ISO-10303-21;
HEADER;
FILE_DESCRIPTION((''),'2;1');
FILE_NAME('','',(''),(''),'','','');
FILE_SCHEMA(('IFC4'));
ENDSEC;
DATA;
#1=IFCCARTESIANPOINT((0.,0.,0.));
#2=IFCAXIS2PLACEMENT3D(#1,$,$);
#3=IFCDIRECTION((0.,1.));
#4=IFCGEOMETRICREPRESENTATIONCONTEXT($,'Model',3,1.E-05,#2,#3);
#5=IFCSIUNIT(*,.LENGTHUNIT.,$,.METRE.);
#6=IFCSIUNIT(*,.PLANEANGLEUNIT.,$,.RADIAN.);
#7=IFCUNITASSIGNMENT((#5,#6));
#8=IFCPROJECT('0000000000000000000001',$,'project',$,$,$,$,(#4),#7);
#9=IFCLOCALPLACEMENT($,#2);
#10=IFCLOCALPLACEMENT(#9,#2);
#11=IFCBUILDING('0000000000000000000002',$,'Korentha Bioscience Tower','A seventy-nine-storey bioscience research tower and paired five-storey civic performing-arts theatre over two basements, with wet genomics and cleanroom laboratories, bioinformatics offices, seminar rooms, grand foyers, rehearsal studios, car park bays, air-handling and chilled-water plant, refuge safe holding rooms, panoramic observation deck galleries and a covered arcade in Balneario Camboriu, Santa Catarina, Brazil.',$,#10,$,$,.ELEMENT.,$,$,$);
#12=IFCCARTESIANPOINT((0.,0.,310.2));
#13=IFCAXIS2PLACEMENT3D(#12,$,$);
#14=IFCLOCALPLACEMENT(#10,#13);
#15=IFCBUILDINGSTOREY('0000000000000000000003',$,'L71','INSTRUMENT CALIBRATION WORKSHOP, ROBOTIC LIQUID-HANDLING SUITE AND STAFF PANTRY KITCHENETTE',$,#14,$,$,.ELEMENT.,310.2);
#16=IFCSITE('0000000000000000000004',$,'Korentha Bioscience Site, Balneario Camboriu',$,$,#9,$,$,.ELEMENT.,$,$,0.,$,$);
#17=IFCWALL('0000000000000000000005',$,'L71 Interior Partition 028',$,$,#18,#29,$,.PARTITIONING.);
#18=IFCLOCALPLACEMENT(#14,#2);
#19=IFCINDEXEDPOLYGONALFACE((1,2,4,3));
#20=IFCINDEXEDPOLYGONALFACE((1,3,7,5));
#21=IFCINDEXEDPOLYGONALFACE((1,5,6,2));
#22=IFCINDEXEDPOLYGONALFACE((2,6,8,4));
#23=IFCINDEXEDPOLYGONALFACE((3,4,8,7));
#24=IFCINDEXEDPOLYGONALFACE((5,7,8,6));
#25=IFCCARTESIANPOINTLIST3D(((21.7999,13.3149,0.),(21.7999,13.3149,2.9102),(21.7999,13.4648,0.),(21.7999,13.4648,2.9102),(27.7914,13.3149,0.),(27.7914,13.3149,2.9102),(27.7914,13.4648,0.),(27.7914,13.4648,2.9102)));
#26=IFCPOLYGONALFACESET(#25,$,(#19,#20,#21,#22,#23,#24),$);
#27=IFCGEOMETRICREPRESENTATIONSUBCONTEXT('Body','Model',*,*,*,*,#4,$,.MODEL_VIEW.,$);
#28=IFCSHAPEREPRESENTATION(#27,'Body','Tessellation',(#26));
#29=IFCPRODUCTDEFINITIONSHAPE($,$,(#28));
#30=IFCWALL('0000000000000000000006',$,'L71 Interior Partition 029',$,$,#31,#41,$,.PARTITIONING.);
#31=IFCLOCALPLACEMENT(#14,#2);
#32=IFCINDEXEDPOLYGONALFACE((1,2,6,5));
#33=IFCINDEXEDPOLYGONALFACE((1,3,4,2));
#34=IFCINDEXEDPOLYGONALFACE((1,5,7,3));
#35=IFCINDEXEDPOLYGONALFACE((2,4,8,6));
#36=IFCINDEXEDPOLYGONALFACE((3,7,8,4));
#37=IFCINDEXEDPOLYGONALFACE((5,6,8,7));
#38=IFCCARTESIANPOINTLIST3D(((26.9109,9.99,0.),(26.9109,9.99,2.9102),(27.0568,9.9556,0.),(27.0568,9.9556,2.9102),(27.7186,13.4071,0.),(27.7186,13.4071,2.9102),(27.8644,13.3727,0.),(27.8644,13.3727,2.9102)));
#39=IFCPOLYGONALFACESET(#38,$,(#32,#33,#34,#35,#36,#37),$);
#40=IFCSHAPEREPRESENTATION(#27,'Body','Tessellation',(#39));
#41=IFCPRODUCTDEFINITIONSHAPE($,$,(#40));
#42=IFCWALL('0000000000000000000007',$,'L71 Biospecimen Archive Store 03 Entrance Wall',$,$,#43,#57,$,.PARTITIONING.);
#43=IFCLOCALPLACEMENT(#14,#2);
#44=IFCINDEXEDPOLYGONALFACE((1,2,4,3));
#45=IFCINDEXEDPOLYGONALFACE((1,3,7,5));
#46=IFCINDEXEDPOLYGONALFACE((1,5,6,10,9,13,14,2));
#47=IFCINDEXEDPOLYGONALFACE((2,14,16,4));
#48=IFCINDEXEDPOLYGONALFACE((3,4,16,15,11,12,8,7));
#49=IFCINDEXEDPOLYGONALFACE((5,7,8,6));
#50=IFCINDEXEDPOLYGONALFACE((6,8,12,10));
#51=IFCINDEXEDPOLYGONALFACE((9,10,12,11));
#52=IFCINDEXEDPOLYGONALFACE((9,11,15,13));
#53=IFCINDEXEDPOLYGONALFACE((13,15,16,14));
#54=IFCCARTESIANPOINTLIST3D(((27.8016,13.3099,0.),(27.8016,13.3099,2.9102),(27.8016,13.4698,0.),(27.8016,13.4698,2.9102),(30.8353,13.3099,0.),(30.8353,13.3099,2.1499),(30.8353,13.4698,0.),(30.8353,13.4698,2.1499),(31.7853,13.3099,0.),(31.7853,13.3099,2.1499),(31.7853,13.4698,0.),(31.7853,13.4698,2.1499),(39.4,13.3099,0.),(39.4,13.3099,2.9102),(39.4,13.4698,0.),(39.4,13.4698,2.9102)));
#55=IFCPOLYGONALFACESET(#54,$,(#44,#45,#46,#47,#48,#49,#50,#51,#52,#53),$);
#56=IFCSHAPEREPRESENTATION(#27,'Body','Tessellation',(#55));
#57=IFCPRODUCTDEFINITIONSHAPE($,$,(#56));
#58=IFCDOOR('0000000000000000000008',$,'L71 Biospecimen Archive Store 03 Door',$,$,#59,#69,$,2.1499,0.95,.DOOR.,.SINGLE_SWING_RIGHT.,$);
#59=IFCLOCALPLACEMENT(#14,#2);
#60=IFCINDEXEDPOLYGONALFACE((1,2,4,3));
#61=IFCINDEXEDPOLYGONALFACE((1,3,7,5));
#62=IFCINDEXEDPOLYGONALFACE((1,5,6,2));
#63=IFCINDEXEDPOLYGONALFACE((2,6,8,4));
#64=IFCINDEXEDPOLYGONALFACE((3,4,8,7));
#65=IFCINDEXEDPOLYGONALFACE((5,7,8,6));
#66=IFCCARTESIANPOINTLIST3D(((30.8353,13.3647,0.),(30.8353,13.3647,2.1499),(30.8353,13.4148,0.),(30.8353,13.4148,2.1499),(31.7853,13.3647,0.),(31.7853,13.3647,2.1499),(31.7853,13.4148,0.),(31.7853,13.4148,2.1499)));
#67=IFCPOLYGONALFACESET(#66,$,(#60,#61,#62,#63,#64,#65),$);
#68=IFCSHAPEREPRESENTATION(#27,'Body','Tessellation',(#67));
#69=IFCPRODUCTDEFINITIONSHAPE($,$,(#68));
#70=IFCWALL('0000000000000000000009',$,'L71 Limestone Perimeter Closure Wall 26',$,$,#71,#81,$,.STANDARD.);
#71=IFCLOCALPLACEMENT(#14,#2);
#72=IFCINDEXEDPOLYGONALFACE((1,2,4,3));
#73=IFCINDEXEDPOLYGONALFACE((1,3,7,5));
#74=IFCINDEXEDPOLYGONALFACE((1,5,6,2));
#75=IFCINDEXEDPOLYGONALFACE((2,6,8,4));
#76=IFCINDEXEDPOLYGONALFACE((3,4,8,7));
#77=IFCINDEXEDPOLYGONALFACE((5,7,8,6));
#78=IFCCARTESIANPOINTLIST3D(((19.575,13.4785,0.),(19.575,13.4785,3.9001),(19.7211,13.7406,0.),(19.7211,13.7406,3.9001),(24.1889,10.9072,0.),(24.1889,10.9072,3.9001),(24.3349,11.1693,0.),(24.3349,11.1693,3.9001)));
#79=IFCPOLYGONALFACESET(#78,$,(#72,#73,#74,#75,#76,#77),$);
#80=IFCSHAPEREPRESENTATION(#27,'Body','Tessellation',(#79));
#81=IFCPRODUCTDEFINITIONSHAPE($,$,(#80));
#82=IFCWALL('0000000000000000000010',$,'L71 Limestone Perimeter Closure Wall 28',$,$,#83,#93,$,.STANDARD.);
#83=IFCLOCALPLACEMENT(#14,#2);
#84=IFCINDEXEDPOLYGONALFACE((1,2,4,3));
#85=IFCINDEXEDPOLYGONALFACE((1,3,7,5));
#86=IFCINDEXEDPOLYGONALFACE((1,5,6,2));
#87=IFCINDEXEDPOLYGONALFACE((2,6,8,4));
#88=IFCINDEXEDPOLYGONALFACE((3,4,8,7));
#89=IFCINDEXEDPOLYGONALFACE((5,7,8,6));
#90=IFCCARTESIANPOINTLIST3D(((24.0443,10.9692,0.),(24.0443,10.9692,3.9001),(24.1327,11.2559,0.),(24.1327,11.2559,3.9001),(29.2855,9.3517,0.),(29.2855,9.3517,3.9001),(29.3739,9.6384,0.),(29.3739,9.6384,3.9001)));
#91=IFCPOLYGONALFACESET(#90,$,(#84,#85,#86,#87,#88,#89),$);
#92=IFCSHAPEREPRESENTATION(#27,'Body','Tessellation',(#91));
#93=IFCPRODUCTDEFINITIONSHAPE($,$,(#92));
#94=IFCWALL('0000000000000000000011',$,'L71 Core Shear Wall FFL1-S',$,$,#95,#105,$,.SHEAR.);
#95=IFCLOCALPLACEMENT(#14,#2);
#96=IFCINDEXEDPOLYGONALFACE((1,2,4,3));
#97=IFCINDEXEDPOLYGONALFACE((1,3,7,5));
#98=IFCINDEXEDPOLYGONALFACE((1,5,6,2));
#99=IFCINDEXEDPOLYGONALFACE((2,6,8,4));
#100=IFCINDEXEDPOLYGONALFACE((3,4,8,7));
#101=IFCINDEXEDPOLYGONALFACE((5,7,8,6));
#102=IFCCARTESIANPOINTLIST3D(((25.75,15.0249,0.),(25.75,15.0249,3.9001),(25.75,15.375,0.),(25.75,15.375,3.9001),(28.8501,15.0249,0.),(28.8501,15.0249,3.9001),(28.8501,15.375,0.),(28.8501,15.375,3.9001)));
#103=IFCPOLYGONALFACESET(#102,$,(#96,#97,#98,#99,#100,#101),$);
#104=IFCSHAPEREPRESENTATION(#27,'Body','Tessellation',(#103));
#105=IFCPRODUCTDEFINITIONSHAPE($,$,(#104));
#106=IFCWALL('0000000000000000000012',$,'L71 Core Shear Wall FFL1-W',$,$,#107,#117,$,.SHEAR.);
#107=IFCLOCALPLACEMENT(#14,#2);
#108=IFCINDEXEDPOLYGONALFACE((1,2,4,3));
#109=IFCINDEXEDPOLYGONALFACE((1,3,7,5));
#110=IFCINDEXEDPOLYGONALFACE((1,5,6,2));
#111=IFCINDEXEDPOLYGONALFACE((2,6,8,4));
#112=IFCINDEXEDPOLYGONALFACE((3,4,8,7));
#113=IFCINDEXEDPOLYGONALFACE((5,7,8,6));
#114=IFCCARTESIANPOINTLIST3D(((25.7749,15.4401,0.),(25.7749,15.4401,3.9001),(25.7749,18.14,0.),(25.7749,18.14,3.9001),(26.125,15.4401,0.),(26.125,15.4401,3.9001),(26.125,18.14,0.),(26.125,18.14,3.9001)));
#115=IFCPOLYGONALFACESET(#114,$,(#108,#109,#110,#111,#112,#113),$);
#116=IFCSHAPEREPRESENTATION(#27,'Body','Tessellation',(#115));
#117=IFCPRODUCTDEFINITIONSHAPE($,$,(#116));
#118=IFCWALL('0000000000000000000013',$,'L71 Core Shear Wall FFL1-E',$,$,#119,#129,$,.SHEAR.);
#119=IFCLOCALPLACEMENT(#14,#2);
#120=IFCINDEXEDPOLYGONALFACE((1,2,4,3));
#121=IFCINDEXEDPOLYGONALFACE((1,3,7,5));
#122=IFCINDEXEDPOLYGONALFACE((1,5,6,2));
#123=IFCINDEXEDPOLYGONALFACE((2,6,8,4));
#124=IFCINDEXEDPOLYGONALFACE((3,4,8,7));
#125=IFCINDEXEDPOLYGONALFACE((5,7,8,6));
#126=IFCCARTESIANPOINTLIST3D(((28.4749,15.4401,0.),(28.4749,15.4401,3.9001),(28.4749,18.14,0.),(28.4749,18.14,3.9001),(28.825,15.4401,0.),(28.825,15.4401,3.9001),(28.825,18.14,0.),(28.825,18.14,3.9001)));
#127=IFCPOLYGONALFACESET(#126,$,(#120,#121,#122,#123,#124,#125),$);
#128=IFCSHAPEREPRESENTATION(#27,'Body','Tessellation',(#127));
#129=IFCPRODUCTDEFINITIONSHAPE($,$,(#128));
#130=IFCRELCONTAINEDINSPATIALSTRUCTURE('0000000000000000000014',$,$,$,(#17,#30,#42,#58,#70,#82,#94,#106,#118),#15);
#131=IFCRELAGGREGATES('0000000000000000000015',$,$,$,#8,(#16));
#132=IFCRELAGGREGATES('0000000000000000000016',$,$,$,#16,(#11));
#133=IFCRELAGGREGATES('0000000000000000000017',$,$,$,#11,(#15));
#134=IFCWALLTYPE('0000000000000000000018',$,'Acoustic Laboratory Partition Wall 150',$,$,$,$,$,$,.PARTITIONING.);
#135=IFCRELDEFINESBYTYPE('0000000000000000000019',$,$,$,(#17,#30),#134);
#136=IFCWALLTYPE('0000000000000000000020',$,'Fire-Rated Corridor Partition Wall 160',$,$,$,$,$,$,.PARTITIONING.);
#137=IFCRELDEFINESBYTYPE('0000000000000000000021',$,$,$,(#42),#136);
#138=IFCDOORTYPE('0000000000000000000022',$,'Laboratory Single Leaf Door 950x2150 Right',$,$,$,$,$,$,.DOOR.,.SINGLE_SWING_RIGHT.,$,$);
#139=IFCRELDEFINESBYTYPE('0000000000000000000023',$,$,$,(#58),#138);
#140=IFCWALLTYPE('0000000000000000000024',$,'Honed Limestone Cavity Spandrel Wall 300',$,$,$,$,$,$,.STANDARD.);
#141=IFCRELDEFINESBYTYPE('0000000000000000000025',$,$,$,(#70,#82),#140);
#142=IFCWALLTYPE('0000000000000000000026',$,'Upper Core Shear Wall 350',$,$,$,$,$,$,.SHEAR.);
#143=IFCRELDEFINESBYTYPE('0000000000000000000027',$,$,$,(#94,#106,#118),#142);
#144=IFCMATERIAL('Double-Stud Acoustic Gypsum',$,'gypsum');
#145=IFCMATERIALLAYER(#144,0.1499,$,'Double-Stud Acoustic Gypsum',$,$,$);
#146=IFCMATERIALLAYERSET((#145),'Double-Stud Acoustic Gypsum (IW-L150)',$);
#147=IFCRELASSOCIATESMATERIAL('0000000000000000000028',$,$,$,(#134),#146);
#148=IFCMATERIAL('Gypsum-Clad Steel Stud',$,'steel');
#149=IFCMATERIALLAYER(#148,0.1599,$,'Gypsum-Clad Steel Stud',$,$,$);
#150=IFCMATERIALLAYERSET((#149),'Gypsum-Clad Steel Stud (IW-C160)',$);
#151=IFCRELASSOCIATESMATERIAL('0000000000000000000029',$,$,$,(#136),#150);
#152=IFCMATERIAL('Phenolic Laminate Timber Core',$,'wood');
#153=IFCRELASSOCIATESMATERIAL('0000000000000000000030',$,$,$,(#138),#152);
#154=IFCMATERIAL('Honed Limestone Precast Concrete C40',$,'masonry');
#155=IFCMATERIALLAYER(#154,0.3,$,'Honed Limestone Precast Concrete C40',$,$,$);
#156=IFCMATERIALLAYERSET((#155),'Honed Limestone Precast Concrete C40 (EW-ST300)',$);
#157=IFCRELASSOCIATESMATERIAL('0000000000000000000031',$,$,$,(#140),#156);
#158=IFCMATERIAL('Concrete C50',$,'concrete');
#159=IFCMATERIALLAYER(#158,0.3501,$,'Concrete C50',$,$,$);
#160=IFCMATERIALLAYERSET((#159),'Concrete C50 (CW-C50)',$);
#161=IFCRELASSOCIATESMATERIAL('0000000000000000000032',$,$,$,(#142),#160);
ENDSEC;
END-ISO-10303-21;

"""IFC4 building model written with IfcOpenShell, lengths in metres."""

from ifc_helpers import new_model, si_unit, direction, frame, frame_2d, origin, place, context, subcontext, project, spatial, rectangle, extrude, material, layer, layer_set, type_object, element, fill, save


model = new_model("IFC4")

# Units and contexts
model_context = context("Model", 3, precision=1e-05, world=origin(), true_north=direction((0.0, 1.0)))
body_context = subcontext(model_context, "Body", "Model", "MODEL_VIEW")
ifc_project = project(units=[si_unit("LENGTHUNIT", "METRE"), si_unit("PLANEANGLEUNIT", "RADIAN")], contexts=[model_context])

# Site, building, storey
site_placement = place(None, origin())
site = spatial("IfcSite", under=ifc_project, at=site_placement, Name="Korentha Bioscience Site, Balneario Camboriu", CompositionType="ELEMENT", RefElevation=0.0)
building_placement = place(site_placement, origin())
building = spatial("IfcBuilding", under=site, at=building_placement, Name="Korentha Bioscience Tower", Description="A seventy-nine-storey bioscience research tower and paired five-storey civic performing-arts theatre over two basements, with wet genomics and cleanroom laboratories, bioinformatics offices, seminar rooms, grand foyers, rehearsal studios, car park bays, air-handling and chilled-water plant, refuge safe holding rooms, panoramic observation deck galleries and a covered arcade in Balneario Camboriu, Santa Catarina, Brazil.", CompositionType="ELEMENT")
storey_placement = place(building_placement, frame((0.0, 0.0, 310.2)))
storey = spatial("IfcBuildingStorey", under=building, at=storey_placement, Name="L71", Description="INSTRUMENT CALIBRATION WORKSHOP, ROBOTIC LIQUID-HANDLING SUITE AND STAFF PANTRY KITCHENETTE", CompositionType="ELEMENT", Elevation=310.2)

# Shared definitions
ifc_material_1 = material(Name="Concrete C50", Category="concrete")

# Walls
ifc_material_2 = material(Name="Double-Stud Acoustic Gypsum", Category="gypsum")
ifc_layer_1 = layer(ifc_material_2, 0.1499, Name="Double-Stud Acoustic Gypsum")
ifc_layer_set_1 = layer_set([ifc_layer_1], Name="Double-Stud Acoustic Gypsum (IW-L150)")
wall_type_1 = type_object("IfcWallType", Name="Acoustic Laboratory Partition Wall 150", PredefinedType="PARTITIONING", material=ifc_layer_set_1)
wall_1_placement = place(storey_placement, frame((21.8, 13.3899, 0.0), z_axis=(0.0, 0.0, 1.0), x_axis=(1.0, 0.0, 0.0)))
element("IfcWall", 1, at=wall_1_placement, inside=storey, type_object=wall_type_1, Name="L71 Interior Partition 028", PredefinedType="PARTITIONING", context=body_context, shape_type="SweptSolid", body=[
    extrude(rectangle(XDim=5.9915, YDim=0.1499, at=frame_2d((2.9956, 0.0))), origin(), (0.0, 0.0, 1.0), 2.9102),
])
wall_2_placement = place(storey_placement, frame((27.7915, 13.3899, 0.0), z_axis=(0.0, 0.0, 1.0), x_axis=(-0.230016, -0.973187, 0.0)))
element("IfcWall", 2, at=wall_2_placement, inside=storey, type_object=wall_type_1, Name="L71 Interior Partition 029", PredefinedType="PARTITIONING", context=body_context, shape_type="SweptSolid", body=[
    extrude(rectangle(XDim=3.5112, YDim=0.1499, at=frame_2d((1.7556, 0.0))), origin(), (0.0, 0.0, 1.0), 2.9102),
])

# Wall, opening, door
ifc_material_3 = material(Name="Gypsum-Clad Steel Stud", Category="steel")
ifc_layer_2 = layer(ifc_material_3, 0.1599, Name="Gypsum-Clad Steel Stud")
ifc_layer_set_2 = layer_set([ifc_layer_2], Name="Gypsum-Clad Steel Stud (IW-C160)")
wall_type_2 = type_object("IfcWallType", Name="Fire-Rated Corridor Partition Wall 160", PredefinedType="PARTITIONING", material=ifc_layer_set_2)
wall_3_placement = place(storey_placement, frame((27.8015, 13.3899, 0.0), z_axis=(0.0, 0.0, 1.0), x_axis=(1.0, 0.0, 0.0)))
wall_3 = element("IfcWall", 3, at=wall_3_placement, inside=storey, type_object=wall_type_2, Name="L71 Biospecimen Archive Store 03 Entrance Wall", PredefinedType="PARTITIONING", context=body_context, shape_type="SweptSolid", body=[
    extrude(rectangle(XDim=11.5984, YDim=0.1599, at=frame_2d((5.7993, 0.0))), origin(), (0.0, 0.0, 1.0), 2.9102),
])
opening_placement = place(wall_3_placement, frame((3.0337, 0.0, 0.0)))
opening = element("IfcOpeningElement", 4, at=opening_placement, cuts=wall_3, PredefinedType="OPENING", context=body_context, shape_type="SweptSolid", body=[
    extrude(rectangle(XDim=0.95, YDim=2.1499, at=frame_2d((0.4751, 1.075))), frame((0.0, 0.0947, 0.0), z_axis=(0.0, -1.0, 0.0), x_axis=(1.0, 0.0, 0.0)), (0.0, 0.0, 1.0), 0.1897),
])
ifc_material_4 = material(Name="Phenolic Laminate Timber Core", Category="wood")
door_type = type_object("IfcDoorType", Name="Laboratory Single Leaf Door 950x2150 Right", OperationType="SINGLE_SWING_RIGHT", PredefinedType="DOOR", material=ifc_material_4)
door_placement = place(opening_placement, origin())
door = element("IfcDoor", 5, at=door_placement, inside=storey, type_object=door_type, Name="L71 Biospecimen Archive Store 03 Door", OperationType="SINGLE_SWING_RIGHT", OverallHeight=2.1499, OverallWidth=0.95, PredefinedType="DOOR", context=body_context, shape_type="SweptSolid", body=[
    extrude(rectangle(XDim=0.95, YDim=2.1499, at=frame_2d((0.4751, 1.075))), frame((0.0, 0.0249, 0.0), z_axis=(0.0, -1.0, 0.0), x_axis=(1.0, 0.0, 0.0)), (0.0, 0.0, 1.0), 0.05),
])
fill(opening, door)

# Walls
ifc_material_5 = material(Name="Honed Limestone Precast Concrete C40", Category="masonry")
ifc_layer_3 = layer(ifc_material_5, 0.3, Name="Honed Limestone Precast Concrete C40")
ifc_layer_set_3 = layer_set([ifc_layer_3], Name="Honed Limestone Precast Concrete C40 (EW-ST300)")
wall_type_3 = type_object("IfcWallType", Name="Honed Limestone Cavity Spandrel Wall 300", PredefinedType="STANDARD", material=ifc_layer_set_3)
wall_4_placement = place(storey_placement, frame((19.6479, 13.6096, 0.0), z_axis=(0.0, 0.0, 1.0), x_axis=(0.873507, -0.486812, 0.0)))
element("IfcWall", 6, at=wall_4_placement, inside=storey, type_object=wall_type_3, Name="L71 Limestone Perimeter Closure Wall 26", PredefinedType="STANDARD", context=body_context, shape_type="SweptSolid", body=[
    extrude(rectangle(XDim=5.282, YDim=0.3, at=frame_2d((2.6411, 0.0))), origin(), (0.0, 0.0, 1.0), 3.9001),
])
wall_5_placement = place(storey_placement, frame((24.0884, 11.1125, 0.0), z_axis=(0.0, 0.0, 1.0), x_axis=(0.955535, -0.294877, 0.0)))
element("IfcWall", 7, at=wall_5_placement, inside=storey, type_object=wall_type_3, Name="L71 Limestone Perimeter Closure Wall 28", PredefinedType="STANDARD", context=body_context, shape_type="SweptSolid", body=[
    extrude(rectangle(XDim=5.4851, YDim=0.3, at=frame_2d((2.7427, 0.0))), origin(), (0.0, 0.0, 1.0), 3.9001),
])
ifc_layer_4 = layer(ifc_material_1, 0.3501, Name="Concrete C50")
ifc_layer_set_4 = layer_set([ifc_layer_4], Name="Concrete C50 (CW-C50)")
wall_type_4 = type_object("IfcWallType", Name="Upper Core Shear Wall 350", PredefinedType="SHEAR", material=ifc_layer_set_4)
wall_6_placement = place(storey_placement, frame((25.75, 15.2, 0.0), z_axis=(0.0, 0.0, 1.0), x_axis=(1.0, 0.0, 0.0)))
element("IfcWall", 8, at=wall_6_placement, inside=storey, type_object=wall_type_4, Name="L71 Core Shear Wall FFL1-S", PredefinedType="SHEAR", context=body_context, shape_type="SweptSolid", body=[
    extrude(rectangle(XDim=3.1001, YDim=0.3501, at=frame_2d((1.55, 0.0))), origin(), (0.0, 0.0, 1.0), 3.9001),
])
for number, where, z_axis, x_axis, name in (
    (9, (25.95, 15.4399, 0.0), (0.0, 0.0, 1.0), (0.0, 1.0, 0.0), "L71 Core Shear Wall FFL1-W"),
    (10, (28.6499, 15.4399, 0.0), (0.0, 0.0, 1.0), (0.0, 1.0, 0.0), "L71 Core Shear Wall FFL1-E"),
):
    element("IfcWall", number, at=place(storey_placement, frame(where, z_axis=z_axis, x_axis=x_axis)), inside=storey, type_object=wall_type_4, Name=name, PredefinedType="SHEAR", context=body_context, shape_type="SweptSolid", body=[
        extrude(rectangle(XDim=2.7, YDim=0.3501, at=frame_2d((1.3501, 0.0))), origin(), (0.0, 0.0, 1.0), 3.9001),
    ])

save(model, "model.ifc")
